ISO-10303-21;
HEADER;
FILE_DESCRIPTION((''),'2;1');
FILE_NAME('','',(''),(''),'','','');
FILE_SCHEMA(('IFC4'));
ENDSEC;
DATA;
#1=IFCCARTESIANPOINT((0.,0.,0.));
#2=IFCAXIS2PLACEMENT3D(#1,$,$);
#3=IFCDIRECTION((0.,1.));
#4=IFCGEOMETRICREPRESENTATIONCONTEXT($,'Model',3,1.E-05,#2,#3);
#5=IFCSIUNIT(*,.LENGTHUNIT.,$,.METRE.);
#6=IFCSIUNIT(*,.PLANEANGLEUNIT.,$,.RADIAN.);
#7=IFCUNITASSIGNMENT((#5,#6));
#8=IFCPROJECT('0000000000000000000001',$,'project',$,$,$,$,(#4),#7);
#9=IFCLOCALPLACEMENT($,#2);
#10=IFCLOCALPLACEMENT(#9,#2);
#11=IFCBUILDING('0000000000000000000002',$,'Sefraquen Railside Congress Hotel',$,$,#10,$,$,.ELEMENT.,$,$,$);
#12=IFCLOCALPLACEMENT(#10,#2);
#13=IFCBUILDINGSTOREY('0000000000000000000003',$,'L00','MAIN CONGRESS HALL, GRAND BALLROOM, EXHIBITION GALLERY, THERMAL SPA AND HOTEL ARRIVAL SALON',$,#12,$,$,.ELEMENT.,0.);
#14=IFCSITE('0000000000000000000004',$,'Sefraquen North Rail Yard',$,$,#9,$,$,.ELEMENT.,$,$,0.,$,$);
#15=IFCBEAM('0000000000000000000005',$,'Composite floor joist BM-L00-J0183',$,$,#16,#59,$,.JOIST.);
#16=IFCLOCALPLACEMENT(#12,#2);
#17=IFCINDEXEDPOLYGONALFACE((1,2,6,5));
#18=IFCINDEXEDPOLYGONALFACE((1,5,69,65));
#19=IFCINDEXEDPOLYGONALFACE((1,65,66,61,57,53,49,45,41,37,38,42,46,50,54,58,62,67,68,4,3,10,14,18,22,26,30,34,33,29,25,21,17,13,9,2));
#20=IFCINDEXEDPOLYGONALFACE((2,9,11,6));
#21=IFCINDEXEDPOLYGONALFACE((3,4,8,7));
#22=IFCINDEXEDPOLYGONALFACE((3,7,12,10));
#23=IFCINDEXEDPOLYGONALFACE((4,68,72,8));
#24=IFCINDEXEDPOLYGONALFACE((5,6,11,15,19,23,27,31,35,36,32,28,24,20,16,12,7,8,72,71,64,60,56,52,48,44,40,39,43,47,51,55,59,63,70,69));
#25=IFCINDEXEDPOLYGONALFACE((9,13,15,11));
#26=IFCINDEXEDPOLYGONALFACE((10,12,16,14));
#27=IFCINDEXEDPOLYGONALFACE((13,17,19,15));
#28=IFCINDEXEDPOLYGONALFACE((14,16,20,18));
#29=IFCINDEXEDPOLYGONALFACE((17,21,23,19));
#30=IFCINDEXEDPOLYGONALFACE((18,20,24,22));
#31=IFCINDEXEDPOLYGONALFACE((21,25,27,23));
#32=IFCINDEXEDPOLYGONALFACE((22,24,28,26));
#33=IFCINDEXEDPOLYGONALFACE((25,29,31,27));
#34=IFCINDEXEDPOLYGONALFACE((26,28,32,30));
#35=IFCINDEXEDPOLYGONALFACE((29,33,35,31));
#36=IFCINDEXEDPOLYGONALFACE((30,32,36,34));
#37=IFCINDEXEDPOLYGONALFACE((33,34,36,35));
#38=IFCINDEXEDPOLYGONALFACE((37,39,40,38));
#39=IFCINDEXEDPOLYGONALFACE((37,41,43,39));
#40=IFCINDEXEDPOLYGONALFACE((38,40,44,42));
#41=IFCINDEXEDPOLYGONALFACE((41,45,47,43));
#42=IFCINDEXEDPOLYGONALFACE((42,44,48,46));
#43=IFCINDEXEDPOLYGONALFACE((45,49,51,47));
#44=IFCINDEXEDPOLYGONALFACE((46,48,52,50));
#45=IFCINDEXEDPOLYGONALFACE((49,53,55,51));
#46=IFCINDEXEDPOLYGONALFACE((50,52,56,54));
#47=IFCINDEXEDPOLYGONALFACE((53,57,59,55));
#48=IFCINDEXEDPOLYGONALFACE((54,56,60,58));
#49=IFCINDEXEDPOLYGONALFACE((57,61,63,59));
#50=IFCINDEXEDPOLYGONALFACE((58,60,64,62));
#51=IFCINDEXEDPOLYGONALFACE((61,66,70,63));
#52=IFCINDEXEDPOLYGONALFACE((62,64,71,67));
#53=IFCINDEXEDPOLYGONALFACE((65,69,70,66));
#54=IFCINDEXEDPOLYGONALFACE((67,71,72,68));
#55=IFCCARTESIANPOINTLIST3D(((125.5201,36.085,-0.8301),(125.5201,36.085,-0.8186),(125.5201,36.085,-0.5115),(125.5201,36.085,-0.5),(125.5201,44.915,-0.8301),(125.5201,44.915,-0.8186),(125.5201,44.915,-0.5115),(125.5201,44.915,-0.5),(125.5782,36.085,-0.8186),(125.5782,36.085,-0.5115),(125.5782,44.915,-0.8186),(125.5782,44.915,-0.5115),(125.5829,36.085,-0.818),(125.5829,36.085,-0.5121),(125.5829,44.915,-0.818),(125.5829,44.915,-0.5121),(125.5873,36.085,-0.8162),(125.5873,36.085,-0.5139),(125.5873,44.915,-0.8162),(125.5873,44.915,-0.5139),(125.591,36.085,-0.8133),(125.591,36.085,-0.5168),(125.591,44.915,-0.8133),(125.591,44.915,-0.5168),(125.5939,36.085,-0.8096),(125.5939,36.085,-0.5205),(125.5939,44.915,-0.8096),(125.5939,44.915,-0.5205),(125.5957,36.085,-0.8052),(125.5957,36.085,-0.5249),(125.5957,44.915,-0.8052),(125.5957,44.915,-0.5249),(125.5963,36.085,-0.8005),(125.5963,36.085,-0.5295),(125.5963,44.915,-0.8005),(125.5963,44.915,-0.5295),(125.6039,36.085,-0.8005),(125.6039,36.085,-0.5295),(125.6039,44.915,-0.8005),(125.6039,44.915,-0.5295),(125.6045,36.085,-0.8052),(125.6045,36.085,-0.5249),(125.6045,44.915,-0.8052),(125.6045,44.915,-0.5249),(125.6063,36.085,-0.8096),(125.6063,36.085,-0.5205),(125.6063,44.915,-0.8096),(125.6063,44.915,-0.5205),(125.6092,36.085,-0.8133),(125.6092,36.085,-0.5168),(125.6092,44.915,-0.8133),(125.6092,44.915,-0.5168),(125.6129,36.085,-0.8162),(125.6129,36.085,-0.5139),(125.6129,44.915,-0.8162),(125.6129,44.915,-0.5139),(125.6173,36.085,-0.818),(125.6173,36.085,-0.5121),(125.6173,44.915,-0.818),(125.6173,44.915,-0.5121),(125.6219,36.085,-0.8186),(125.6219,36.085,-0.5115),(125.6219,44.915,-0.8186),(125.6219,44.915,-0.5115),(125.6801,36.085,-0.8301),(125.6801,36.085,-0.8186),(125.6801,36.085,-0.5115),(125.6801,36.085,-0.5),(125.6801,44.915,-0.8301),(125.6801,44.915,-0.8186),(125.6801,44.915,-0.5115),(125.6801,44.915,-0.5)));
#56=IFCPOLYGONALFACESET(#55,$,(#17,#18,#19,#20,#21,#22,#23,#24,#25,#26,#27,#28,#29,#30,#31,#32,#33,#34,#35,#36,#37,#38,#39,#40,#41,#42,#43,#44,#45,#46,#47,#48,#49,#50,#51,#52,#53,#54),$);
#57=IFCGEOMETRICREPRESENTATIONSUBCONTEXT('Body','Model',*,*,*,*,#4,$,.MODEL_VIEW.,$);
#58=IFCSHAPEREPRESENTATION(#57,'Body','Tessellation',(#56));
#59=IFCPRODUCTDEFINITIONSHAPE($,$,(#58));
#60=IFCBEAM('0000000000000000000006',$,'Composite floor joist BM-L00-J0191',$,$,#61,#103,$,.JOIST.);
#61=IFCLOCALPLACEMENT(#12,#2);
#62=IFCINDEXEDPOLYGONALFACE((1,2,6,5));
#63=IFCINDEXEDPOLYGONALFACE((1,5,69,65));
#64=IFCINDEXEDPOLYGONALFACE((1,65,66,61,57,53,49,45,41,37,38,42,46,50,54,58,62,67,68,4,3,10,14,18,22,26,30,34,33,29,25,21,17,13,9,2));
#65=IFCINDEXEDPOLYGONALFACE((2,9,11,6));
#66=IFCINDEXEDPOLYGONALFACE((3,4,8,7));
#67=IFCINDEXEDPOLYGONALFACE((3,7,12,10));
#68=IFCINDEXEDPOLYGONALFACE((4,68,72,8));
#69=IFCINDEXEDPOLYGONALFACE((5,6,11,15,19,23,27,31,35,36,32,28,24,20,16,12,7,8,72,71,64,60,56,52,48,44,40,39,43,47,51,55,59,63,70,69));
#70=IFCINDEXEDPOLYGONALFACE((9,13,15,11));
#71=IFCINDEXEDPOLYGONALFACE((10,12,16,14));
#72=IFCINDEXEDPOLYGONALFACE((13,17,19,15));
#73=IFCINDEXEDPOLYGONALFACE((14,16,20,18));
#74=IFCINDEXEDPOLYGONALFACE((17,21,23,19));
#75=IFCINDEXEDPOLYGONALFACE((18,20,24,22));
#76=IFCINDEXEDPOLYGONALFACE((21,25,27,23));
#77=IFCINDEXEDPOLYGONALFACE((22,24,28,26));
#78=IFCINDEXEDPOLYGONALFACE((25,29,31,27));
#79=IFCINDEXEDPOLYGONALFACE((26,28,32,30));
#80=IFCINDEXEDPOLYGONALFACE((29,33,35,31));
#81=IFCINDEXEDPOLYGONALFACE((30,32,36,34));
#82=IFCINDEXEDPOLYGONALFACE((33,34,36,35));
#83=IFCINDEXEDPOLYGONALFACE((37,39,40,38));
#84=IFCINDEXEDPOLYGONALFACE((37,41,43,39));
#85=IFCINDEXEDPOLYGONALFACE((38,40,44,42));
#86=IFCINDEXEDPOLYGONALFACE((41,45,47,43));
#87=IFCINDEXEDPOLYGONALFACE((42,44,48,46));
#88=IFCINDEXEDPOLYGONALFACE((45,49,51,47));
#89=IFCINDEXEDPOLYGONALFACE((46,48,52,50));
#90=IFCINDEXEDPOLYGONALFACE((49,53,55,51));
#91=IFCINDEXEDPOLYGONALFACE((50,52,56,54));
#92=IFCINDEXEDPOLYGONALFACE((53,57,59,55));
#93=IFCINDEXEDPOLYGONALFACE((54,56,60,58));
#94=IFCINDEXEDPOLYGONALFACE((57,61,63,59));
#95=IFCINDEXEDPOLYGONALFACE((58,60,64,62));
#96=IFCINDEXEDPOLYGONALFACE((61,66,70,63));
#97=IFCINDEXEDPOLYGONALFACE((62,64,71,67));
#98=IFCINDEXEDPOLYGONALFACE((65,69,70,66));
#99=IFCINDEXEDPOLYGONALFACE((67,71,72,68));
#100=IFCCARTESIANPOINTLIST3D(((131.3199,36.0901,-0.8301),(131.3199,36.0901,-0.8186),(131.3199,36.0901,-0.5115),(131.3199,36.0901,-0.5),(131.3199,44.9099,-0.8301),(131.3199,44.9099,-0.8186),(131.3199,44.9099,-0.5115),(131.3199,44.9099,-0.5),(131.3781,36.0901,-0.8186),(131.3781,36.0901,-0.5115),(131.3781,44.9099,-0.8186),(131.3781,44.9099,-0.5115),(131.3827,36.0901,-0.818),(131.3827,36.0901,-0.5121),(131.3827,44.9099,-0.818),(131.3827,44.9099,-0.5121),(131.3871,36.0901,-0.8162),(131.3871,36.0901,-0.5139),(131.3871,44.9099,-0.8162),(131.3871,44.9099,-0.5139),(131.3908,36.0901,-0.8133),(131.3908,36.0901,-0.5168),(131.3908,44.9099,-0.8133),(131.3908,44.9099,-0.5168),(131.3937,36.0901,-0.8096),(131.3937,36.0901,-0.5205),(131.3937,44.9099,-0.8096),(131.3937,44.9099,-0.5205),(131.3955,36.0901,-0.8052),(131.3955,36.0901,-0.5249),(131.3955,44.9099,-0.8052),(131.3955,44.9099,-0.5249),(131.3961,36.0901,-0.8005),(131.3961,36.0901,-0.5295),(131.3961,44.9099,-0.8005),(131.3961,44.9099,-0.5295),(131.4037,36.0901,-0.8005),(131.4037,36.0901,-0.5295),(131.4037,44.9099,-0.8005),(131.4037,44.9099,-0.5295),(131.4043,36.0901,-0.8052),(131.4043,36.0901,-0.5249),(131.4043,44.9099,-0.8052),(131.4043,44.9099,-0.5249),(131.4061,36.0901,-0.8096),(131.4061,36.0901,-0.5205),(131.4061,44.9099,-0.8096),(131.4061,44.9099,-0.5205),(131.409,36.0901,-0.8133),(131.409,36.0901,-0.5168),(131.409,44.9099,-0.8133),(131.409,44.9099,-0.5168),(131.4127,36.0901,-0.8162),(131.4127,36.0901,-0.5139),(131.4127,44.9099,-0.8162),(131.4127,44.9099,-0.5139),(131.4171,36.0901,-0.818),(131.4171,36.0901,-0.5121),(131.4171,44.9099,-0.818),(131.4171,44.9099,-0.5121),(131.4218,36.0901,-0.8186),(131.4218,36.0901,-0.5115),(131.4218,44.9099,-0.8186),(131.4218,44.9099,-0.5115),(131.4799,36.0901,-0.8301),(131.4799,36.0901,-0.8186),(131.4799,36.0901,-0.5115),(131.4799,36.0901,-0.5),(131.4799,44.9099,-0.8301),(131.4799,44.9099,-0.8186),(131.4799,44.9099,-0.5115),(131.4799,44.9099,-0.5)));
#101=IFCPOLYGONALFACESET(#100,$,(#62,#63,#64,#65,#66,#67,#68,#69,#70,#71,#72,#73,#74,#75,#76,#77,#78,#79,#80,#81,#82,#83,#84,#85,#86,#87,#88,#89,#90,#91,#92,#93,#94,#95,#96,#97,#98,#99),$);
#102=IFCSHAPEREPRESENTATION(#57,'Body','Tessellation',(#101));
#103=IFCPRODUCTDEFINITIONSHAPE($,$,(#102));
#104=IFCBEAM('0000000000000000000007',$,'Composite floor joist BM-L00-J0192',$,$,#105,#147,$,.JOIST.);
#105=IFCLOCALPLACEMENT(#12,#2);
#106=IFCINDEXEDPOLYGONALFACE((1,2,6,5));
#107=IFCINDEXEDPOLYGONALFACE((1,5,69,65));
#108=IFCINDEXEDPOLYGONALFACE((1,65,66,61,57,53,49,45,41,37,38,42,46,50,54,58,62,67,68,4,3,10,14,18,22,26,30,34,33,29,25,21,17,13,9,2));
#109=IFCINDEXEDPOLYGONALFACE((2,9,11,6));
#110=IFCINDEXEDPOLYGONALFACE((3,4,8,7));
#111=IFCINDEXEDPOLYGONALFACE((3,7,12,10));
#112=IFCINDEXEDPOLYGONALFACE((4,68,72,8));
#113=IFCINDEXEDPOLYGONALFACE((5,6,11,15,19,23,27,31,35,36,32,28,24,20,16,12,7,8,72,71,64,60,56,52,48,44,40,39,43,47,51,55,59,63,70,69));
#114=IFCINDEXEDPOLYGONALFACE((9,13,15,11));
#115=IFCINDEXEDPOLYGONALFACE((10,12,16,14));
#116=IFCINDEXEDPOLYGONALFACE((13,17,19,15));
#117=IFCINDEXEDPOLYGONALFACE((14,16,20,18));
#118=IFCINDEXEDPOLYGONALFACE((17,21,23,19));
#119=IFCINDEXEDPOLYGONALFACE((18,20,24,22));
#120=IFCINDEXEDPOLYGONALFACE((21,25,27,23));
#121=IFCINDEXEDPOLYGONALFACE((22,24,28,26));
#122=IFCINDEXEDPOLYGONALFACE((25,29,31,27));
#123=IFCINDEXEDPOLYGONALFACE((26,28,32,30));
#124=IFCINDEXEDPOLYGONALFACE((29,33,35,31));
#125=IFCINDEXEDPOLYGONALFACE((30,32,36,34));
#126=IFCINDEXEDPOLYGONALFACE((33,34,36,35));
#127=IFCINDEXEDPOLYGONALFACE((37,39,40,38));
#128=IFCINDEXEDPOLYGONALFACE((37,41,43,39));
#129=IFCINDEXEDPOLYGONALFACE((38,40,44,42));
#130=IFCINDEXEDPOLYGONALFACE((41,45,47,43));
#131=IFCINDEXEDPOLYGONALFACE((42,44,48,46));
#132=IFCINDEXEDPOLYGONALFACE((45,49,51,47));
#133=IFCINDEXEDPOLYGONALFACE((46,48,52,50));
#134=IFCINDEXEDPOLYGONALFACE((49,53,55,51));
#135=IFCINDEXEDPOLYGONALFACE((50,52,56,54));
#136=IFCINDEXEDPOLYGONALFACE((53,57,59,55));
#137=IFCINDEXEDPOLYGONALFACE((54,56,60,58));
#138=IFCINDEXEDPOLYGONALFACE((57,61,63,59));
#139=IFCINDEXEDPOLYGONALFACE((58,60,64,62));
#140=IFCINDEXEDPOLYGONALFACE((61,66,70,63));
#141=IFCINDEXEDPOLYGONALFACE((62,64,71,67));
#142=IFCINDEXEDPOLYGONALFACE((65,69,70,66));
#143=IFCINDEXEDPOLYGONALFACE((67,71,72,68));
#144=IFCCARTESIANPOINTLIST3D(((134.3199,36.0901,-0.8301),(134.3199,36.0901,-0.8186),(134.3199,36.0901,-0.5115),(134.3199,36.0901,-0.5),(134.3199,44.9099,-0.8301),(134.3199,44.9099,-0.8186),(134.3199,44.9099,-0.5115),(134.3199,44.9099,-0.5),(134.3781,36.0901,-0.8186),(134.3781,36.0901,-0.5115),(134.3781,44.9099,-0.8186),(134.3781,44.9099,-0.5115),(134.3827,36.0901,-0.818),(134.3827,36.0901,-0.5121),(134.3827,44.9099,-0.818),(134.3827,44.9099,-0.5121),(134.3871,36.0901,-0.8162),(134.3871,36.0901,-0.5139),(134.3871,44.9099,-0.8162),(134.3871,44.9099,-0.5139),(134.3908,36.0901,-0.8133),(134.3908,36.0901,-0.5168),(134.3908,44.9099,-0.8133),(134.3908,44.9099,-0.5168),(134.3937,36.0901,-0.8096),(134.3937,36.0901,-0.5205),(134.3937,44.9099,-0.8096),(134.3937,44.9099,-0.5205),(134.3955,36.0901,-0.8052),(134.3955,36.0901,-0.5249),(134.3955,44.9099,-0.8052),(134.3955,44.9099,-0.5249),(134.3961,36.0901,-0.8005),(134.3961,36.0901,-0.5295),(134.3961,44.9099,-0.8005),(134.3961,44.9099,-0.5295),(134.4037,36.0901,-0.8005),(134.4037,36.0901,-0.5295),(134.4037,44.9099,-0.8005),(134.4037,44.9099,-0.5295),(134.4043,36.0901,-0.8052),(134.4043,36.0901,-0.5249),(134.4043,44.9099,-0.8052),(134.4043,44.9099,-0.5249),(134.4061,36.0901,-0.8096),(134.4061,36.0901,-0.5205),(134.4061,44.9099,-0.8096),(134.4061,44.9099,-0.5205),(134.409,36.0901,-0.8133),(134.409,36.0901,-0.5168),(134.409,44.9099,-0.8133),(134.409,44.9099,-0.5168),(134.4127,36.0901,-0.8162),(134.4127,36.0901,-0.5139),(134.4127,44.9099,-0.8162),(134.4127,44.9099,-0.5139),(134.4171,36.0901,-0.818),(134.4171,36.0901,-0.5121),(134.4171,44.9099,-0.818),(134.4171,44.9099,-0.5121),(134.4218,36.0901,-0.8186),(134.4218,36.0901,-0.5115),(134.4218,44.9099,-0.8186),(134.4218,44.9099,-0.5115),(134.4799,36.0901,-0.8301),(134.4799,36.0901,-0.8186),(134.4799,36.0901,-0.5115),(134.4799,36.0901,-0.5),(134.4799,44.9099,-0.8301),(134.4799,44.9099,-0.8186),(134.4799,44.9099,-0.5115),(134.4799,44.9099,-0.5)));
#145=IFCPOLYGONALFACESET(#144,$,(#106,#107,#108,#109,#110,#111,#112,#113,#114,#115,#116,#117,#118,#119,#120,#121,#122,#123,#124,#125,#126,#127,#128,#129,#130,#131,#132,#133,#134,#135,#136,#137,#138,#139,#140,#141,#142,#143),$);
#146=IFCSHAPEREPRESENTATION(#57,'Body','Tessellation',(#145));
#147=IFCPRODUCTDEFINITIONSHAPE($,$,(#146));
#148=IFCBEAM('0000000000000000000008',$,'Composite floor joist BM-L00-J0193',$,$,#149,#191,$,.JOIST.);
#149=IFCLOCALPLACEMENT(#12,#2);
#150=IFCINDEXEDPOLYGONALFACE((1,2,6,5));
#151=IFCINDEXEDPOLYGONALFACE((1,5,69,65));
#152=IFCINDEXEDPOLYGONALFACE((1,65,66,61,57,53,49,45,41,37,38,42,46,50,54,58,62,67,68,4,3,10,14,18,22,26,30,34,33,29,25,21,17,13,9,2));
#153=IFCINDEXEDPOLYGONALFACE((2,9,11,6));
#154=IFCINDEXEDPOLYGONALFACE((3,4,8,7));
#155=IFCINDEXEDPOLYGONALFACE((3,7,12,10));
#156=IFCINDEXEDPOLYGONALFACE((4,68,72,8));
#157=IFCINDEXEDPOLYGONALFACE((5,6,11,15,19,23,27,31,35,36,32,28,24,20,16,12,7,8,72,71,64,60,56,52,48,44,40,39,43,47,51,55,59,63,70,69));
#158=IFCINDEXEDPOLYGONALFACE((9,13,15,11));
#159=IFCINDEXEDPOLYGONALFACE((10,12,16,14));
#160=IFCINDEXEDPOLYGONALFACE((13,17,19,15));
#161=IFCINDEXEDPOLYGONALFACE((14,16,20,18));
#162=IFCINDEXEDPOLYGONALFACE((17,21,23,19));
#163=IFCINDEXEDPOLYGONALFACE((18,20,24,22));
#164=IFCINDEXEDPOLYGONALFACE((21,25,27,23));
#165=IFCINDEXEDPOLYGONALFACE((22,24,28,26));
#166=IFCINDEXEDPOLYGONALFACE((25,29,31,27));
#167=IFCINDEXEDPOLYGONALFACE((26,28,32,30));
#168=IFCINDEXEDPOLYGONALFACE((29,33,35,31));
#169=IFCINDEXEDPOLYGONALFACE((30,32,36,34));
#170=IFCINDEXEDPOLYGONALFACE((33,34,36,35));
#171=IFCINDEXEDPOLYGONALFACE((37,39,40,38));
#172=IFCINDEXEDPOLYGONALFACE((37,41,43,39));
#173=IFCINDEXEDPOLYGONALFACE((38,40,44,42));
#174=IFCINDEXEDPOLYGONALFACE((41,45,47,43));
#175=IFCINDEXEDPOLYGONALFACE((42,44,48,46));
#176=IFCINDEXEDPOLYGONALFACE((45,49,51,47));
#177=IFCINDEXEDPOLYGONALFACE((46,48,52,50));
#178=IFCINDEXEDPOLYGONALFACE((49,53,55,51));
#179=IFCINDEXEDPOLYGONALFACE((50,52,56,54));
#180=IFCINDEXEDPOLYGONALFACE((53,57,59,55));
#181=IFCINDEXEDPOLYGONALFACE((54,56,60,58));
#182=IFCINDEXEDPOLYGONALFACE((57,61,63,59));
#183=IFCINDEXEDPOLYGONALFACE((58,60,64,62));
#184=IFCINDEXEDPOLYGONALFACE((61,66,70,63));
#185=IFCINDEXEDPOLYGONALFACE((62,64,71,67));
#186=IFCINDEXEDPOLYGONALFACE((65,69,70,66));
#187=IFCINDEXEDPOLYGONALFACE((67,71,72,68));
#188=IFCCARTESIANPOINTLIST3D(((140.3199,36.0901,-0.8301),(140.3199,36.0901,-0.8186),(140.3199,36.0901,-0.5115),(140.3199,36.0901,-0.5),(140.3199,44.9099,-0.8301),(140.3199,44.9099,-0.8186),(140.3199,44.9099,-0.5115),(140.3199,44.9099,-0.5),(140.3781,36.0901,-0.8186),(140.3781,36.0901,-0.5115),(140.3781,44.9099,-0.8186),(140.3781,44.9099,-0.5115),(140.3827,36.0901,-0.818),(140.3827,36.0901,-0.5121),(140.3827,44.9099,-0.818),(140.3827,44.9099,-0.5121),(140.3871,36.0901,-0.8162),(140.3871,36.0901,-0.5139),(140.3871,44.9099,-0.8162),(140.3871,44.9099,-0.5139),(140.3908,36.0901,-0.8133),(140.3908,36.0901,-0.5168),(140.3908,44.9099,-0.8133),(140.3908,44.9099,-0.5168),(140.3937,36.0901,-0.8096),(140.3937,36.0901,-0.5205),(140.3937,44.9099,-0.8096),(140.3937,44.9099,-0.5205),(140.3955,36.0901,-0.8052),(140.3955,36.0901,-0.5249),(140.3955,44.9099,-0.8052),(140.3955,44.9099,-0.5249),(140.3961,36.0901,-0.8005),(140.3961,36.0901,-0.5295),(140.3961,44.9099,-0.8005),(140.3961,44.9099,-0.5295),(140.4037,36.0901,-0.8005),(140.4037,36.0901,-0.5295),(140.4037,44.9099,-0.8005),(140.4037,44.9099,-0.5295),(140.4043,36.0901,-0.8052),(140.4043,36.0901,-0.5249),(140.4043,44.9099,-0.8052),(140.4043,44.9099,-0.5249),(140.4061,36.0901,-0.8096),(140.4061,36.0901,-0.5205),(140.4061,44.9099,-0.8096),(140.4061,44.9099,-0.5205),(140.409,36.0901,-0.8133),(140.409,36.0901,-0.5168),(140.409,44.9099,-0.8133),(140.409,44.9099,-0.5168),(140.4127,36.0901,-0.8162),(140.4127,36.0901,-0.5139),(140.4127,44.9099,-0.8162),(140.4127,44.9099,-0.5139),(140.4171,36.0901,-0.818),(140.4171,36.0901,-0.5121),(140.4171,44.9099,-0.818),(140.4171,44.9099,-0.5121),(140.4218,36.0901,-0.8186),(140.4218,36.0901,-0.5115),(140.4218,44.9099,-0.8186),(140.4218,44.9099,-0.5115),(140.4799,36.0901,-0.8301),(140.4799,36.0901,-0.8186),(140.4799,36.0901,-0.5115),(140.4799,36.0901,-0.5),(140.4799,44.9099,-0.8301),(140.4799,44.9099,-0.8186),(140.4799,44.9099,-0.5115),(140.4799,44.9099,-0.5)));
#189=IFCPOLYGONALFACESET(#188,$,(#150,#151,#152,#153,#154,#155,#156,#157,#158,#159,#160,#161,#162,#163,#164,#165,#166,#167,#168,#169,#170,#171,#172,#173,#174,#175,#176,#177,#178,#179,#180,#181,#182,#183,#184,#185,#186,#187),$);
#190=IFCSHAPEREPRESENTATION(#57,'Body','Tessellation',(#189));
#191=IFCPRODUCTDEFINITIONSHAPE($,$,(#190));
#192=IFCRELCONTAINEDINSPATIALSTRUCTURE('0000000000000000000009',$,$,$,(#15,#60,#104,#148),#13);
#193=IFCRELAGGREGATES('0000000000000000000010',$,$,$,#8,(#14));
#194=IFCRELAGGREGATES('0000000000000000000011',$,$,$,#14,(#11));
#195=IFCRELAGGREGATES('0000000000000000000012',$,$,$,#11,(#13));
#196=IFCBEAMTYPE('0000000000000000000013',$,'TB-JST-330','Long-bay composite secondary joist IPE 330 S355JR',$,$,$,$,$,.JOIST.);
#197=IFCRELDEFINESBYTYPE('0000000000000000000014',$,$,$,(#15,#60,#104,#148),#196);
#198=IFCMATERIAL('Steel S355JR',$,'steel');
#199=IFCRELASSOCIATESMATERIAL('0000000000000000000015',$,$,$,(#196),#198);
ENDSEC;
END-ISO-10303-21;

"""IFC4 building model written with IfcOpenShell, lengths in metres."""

from ifc_helpers import new_model, si_unit, direction, frame, origin, origin_2d, place, context, subcontext, project, spatial, i_section, extrude, material, material_profile, profile_set, type_object, element, save


model = new_model("IFC4")

# Units and contexts
model_context = context("Model", 3, precision=1e-05, world=origin(), true_north=direction((0.0, 1.0)))
body_context = subcontext(model_context, "Body", "Model", "MODEL_VIEW")
ifc_project = project(units=[si_unit("LENGTHUNIT", "METRE"), si_unit("PLANEANGLEUNIT", "RADIAN")], contexts=[model_context])

# Site, building, storey
site_placement = place(None, origin())
site = spatial("IfcSite", under=ifc_project, at=site_placement, Name="Sefraquen North Rail Yard", CompositionType="ELEMENT", RefElevation=0.0)
building_placement = place(site_placement, origin())
building = spatial("IfcBuilding", under=site, at=building_placement, Name="Sefraquen Railside Congress Hotel", CompositionType="ELEMENT")
storey_placement = place(building_placement, origin())
storey = spatial("IfcBuildingStorey", under=building, at=storey_placement, Name="L00", Description="MAIN CONGRESS HALL, GRAND BALLROOM, EXHIBITION GALLERY, THERMAL SPA AND HOTEL ARRIVAL SALON", CompositionType="ELEMENT", Elevation=0.0)

# Shared definitions
ifc_material_1 = material(Name="Steel S355JR", Category="steel")

# Beams
ifc_material_profile_1 = material_profile(ifc_material_1, i_section(OverallWidth=0.1599, OverallDepth=0.3301, WebThickness=0.0076, FlangeThickness=0.0115, FilletRadius=0.0181, at=origin_2d()), Name="IPE 330")
ifc_profile_set_1 = profile_set([ifc_material_profile_1], Name="Steel S355JR")
beam_type_1 = type_object("IfcBeamType", Name="TB-JST-330", Description="Long-bay composite secondary joist IPE 330 S355JR", PredefinedType="JOIST", material=ifc_profile_set_1)
for number, where, z_axis, x_axis, name in (
    (1, (125.6001, 36.085, -0.665), (0.0, 1.0, 0.0), (-1.0, 0.0, 0.0), "Composite floor joist BM-L00-J0183"),
):
    element("IfcBeam", number, at=place(storey_placement, frame(where, z_axis=z_axis, x_axis=x_axis)), inside=storey, type_object=beam_type_1, Name=name, PredefinedType="JOIST", context=body_context, shape_type="SweptSolid", body=[
        extrude(i_section(OverallWidth=0.1599, OverallDepth=0.3301, WebThickness=0.0076, FlangeThickness=0.0115, FilletRadius=0.0181, at=origin_2d()), origin(), (0.0, 0.0, 1.0), 8.8301),
    ])
for number, where, z_axis, x_axis, name in (
    (2, (131.3999, 36.0901, -0.665), (0.0, 1.0, 0.0), (-1.0, 0.0, 0.0), "Composite floor joist BM-L00-J0191"),
    (3, (134.3999, 36.0901, -0.665), (0.0, 1.0, 0.0), (-1.0, 0.0, 0.0), "Composite floor joist BM-L00-J0192"),
    (4, (140.3999, 36.0901, -0.665), (0.0, 1.0, 0.0), (-1.0, 0.0, 0.0), "Composite floor joist BM-L00-J0193"),
):
    element("IfcBeam", number, at=place(storey_placement, frame(where, z_axis=z_axis, x_axis=x_axis)), inside=storey, type_object=beam_type_1, Name=name, PredefinedType="JOIST", context=body_context, shape_type="SweptSolid", body=[
        extrude(i_section(OverallWidth=0.1599, OverallDepth=0.3301, WebThickness=0.0076, FlangeThickness=0.0115, FilletRadius=0.0181, at=origin_2d()), origin(), (0.0, 0.0, 1.0), 8.8198),
    ])

save(model, "model.ifc")
